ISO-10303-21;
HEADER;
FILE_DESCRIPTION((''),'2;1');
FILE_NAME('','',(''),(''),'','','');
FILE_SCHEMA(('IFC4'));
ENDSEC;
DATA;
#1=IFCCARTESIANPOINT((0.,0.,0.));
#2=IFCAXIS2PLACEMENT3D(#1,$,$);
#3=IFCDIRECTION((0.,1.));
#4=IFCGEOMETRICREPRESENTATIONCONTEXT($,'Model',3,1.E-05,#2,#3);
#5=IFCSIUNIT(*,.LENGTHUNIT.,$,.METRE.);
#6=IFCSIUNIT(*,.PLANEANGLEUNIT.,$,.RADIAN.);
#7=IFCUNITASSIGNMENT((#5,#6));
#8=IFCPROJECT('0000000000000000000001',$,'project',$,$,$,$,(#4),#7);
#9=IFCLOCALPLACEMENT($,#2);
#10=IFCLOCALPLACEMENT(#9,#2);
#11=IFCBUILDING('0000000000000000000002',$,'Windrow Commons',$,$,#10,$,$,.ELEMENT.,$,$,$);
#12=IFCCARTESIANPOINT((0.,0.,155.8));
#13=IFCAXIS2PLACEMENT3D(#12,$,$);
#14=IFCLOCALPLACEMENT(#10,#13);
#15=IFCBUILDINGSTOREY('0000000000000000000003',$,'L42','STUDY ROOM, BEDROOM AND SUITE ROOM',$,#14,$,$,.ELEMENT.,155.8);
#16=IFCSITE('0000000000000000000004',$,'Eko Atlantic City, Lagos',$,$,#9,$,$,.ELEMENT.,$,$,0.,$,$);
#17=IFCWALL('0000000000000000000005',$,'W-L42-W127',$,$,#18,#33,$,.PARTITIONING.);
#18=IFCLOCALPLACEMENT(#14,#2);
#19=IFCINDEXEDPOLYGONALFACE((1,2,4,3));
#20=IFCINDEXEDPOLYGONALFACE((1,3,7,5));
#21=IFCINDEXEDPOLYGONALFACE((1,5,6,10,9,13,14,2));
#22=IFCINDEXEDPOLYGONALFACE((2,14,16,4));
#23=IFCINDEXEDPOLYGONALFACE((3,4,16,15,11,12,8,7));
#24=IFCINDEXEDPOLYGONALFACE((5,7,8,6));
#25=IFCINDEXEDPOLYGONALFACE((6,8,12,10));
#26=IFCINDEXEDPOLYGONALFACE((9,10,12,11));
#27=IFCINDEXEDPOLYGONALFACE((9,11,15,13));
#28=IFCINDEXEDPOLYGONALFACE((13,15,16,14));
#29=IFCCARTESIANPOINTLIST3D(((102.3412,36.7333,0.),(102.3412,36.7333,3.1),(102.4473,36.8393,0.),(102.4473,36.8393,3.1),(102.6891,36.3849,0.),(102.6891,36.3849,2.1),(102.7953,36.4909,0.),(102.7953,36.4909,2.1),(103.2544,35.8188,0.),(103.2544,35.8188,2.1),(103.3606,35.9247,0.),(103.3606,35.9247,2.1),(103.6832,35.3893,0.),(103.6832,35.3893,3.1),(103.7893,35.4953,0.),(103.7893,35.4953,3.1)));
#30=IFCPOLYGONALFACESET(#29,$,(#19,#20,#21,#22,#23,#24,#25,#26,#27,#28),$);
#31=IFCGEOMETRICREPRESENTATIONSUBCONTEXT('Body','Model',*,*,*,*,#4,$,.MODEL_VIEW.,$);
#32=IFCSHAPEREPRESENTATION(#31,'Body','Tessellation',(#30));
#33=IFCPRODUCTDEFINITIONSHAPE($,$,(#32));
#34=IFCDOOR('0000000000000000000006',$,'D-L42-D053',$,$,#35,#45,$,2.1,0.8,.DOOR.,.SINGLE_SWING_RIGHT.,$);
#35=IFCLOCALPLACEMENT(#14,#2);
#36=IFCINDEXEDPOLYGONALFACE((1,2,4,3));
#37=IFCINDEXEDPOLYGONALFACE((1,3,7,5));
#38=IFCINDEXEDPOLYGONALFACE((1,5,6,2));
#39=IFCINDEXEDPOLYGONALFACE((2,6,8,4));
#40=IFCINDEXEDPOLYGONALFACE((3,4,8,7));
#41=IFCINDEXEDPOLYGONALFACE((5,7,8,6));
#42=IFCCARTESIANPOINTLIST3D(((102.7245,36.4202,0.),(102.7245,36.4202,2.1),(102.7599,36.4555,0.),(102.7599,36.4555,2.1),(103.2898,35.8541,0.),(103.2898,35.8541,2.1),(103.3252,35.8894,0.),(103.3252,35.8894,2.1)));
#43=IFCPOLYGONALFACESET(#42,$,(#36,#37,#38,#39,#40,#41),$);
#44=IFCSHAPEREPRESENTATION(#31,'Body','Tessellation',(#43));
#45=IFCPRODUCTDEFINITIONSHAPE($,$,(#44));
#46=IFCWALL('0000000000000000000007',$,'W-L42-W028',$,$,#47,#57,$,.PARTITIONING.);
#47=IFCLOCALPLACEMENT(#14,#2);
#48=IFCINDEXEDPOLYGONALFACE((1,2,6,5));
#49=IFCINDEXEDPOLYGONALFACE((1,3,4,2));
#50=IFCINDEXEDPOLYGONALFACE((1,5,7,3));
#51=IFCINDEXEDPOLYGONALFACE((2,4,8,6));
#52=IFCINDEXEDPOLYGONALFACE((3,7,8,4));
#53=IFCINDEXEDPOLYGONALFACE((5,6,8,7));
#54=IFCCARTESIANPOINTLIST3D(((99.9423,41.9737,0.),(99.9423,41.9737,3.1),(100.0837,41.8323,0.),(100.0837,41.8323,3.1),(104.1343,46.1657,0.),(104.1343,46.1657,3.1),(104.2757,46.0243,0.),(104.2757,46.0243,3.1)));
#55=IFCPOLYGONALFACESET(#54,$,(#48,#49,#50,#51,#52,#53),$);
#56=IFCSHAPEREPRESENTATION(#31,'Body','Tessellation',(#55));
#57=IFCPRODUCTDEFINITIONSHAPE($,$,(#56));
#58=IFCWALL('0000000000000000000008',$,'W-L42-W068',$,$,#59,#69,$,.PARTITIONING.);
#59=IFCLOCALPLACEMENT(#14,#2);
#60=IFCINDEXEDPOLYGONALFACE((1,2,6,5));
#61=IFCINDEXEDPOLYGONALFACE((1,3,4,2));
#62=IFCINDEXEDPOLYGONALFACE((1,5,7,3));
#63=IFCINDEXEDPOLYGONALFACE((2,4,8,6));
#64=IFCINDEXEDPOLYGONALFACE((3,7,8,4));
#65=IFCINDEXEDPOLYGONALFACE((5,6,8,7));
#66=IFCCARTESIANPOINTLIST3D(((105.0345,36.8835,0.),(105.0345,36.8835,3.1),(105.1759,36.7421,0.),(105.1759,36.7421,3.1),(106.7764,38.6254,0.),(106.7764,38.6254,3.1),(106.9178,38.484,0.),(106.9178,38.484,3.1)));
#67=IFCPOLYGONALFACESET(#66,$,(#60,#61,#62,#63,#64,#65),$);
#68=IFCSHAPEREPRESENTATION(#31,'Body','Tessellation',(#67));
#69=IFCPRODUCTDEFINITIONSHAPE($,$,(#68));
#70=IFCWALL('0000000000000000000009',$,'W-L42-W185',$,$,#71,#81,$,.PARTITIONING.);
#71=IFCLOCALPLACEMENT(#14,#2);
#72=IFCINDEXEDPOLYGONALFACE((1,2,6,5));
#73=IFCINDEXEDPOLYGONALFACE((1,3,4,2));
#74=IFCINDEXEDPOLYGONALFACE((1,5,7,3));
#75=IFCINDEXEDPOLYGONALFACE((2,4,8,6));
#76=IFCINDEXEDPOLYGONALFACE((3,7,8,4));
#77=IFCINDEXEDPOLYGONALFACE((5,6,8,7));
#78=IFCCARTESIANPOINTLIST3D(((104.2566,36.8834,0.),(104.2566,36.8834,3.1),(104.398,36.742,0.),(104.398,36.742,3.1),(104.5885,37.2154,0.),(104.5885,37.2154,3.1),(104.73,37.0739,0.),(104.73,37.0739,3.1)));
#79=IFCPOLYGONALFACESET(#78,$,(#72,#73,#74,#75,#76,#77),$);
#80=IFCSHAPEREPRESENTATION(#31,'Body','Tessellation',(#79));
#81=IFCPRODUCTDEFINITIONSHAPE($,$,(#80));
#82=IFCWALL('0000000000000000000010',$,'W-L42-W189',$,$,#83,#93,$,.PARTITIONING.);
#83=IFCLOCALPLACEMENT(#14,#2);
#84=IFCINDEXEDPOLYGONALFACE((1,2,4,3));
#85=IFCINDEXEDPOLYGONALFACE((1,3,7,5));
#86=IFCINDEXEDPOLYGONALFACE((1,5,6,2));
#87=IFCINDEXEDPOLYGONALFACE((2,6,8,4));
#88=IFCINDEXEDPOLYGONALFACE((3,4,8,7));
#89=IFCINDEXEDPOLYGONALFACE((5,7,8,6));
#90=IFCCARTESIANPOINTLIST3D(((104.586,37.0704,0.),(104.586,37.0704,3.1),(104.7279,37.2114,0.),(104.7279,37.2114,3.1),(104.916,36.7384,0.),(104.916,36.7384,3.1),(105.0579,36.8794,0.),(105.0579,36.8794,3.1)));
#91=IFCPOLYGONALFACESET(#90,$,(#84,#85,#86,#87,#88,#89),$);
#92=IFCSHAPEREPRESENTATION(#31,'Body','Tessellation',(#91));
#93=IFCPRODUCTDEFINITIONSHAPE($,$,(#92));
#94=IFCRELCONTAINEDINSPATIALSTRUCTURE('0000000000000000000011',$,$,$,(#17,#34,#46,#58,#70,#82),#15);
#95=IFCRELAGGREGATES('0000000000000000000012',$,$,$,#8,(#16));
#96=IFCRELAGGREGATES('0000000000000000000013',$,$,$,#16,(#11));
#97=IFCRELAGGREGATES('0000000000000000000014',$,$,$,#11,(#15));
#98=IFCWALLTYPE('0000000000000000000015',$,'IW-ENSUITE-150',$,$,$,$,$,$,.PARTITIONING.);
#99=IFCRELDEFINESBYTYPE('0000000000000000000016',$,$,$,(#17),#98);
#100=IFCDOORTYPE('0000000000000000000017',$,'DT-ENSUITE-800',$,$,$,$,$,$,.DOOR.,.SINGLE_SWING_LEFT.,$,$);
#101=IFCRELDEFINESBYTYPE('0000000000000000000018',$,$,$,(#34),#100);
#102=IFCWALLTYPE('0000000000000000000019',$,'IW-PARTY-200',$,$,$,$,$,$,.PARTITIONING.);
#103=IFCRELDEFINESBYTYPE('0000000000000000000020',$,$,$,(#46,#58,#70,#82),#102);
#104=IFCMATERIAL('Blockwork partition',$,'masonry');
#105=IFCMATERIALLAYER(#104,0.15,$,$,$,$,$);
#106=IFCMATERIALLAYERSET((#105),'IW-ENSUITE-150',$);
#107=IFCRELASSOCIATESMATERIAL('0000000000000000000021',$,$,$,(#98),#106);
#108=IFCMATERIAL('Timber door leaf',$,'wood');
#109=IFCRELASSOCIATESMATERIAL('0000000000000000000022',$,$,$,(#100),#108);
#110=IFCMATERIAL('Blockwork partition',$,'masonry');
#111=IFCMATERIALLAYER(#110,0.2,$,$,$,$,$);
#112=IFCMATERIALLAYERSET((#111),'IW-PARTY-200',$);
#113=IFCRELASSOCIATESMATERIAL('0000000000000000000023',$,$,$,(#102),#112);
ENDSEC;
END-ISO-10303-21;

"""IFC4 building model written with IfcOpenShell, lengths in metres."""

from ifc_helpers import new_model, si_unit, direction, frame, frame_2d, origin, place, context, subcontext, project, spatial, rectangle, extrude, material, layer, layer_set, type_object, element, fill, save


model = new_model("IFC4")

# Units and contexts
model_context = context("Model", 3, precision=1e-05, world=origin(), true_north=direction((0.0, 1.0)))
body_context = subcontext(model_context, "Body", "Model", "MODEL_VIEW")
ifc_project = project(units=[si_unit("LENGTHUNIT", "METRE"), si_unit("PLANEANGLEUNIT", "RADIAN")], contexts=[model_context])

# Site, building, storey
site_placement = place(None, origin())
site = spatial("IfcSite", under=ifc_project, at=site_placement, Name="Eko Atlantic City, Lagos", CompositionType="ELEMENT", RefElevation=0.0)
building_placement = place(site_placement, origin())
building = spatial("IfcBuilding", under=site, at=building_placement, Name="Windrow Commons", CompositionType="ELEMENT")
storey_placement = place(building_placement, frame((0.0, 0.0, 155.8)))
storey = spatial("IfcBuildingStorey", under=building, at=storey_placement, Name="L42", Description="STUDY ROOM, BEDROOM AND SUITE ROOM", CompositionType="ELEMENT", Elevation=155.8)

# Wall, opening, door
ifc_material_1 = material(Name="Blockwork partition", Category="masonry")
ifc_layer_1 = layer(ifc_material_1, 0.15)
ifc_layer_set_1 = layer_set([ifc_layer_1], Name="IW-ENSUITE-150")
wall_type_1 = type_object("IfcWallType", Name="IW-ENSUITE-150", PredefinedType="PARTITIONING", material=ifc_layer_set_1)
wall_1_placement = place(storey_placement, frame((102.3943, 36.7863, 0.0), z_axis=(0.0, 0.0, 1.0), x_axis=(0.70658, -0.707633, 0.0)))
wall_1 = element("IfcWall", 1, at=wall_1_placement, inside=storey, type_object=wall_type_1, Name="W-L42-W127", PredefinedType="PARTITIONING", context=body_context, shape_type="SweptSolid", body=[
    extrude(rectangle(XDim=1.8993, YDim=0.15, at=frame_2d((0.9496, 0.0))), origin(), (0.0, 0.0, 1.0), 3.1),
])
opening_1_placement = place(wall_1_placement, frame((0.4924, 0.0, 0.0)))
opening_1 = element("IfcOpeningElement", 2, at=opening_1_placement, cuts=wall_1, PredefinedType="OPENING", context=body_context, shape_type="SweptSolid", body=[
    extrude(rectangle(XDim=0.8, YDim=2.1, at=frame_2d((0.4, 1.05))), frame((0.0, 0.085, 0.0), z_axis=(0.0, -1.0, 0.0), x_axis=(1.0, 0.0, 0.0)), (0.0, 0.0, 1.0), 0.17),
])
ifc_material_2 = material(Name="Timber door leaf", Category="wood")
door_type = type_object("IfcDoorType", Name="DT-ENSUITE-800", OperationType="SINGLE_SWING_LEFT", PredefinedType="DOOR", material=ifc_material_2)
door_placement = place(opening_1_placement, origin())
door = element("IfcDoor", 3, at=door_placement, inside=storey, type_object=door_type, Name="D-L42-D053", OperationType="SINGLE_SWING_RIGHT", OverallHeight=2.1, OverallWidth=0.8, PredefinedType="DOOR", context=body_context, shape_type="SweptSolid", body=[
    extrude(rectangle(XDim=0.8, YDim=2.1, at=frame_2d((0.4, 1.05))), frame((0.0, 0.025, 0.0), z_axis=(0.0, -1.0, 0.0), x_axis=(1.0, 0.0, 0.0)), (0.0, 0.0, 1.0), 0.05),
])
fill(opening_1, door)

# Walls
ifc_material_3 = material(Name="Blockwork partition", Category="masonry")
ifc_layer_2 = layer(ifc_material_3, 0.2)
ifc_layer_set_2 = layer_set([ifc_layer_2], Name="IW-PARTY-200")
wall_type_2 = type_object("IfcWallType", Name="IW-PARTY-200", PredefinedType="PARTITIONING", material=ifc_layer_set_2)
wall_2_placement = place(storey_placement, frame((100.013, 41.903, 0.0), z_axis=(0.0, 0.0, 1.0), x_axis=(0.707107, 0.707107, 0.0)))
element("IfcWall", 4, at=wall_2_placement, inside=storey, type_object=wall_type_2, Name="W-L42-W028", PredefinedType="PARTITIONING", context=body_context, shape_type="SweptSolid", body=[
    extrude(rectangle(XDim=5.9284, YDim=0.2, at=frame_2d((2.9642, 0.0))), origin(), (0.0, 0.0, 1.0), 3.1),
])
wall_3_placement = place(storey_placement, frame((105.1052, 36.8128, 0.0), z_axis=(0.0, 0.0, 1.0), x_axis=(0.707107, 0.707107, 0.0)))
element("IfcWall", 5, at=wall_3_placement, inside=storey, type_object=wall_type_2, Name="W-L42-W068", PredefinedType="PARTITIONING", context=body_context, shape_type="SweptSolid", body=[
    extrude(rectangle(XDim=2.4634, YDim=0.2, at=frame_2d((1.2317, 0.0))), origin(), (0.0, 0.0, 1.0), 3.1),
])
wall_4_placement = place(storey_placement, frame((104.3273, 36.8127, 0.0), z_axis=(0.0, 0.0, 1.0), x_axis=(0.707107, 0.707107, 0.0)))
element("IfcWall", 6, at=wall_4_placement, inside=storey, type_object=wall_type_2, Name="W-L42-W185", PredefinedType="PARTITIONING", context=body_context, shape_type="SweptSolid", body=[
    extrude(rectangle(XDim=0.4695, YDim=0.2, at=frame_2d((0.2347, 0.0))), origin(), (0.0, 0.0, 1.0), 3.1),
])
wall_5_placement = place(storey_placement, frame((104.6569, 37.1409, 0.0), z_axis=(0.0, 0.0, 1.0), x_axis=(0.704967, -0.70924, 0.0)))
element("IfcWall", 7, at=wall_5_placement, inside=storey, type_object=wall_type_2, Name="W-L42-W189", PredefinedType="PARTITIONING", context=body_context, shape_type="SweptSolid", body=[
    extrude(rectangle(XDim=0.4681, YDim=0.2, at=frame_2d((0.2341, 0.0))), origin(), (0.0, 0.0, 1.0), 3.1),
])

save(model, "model.ifc")
